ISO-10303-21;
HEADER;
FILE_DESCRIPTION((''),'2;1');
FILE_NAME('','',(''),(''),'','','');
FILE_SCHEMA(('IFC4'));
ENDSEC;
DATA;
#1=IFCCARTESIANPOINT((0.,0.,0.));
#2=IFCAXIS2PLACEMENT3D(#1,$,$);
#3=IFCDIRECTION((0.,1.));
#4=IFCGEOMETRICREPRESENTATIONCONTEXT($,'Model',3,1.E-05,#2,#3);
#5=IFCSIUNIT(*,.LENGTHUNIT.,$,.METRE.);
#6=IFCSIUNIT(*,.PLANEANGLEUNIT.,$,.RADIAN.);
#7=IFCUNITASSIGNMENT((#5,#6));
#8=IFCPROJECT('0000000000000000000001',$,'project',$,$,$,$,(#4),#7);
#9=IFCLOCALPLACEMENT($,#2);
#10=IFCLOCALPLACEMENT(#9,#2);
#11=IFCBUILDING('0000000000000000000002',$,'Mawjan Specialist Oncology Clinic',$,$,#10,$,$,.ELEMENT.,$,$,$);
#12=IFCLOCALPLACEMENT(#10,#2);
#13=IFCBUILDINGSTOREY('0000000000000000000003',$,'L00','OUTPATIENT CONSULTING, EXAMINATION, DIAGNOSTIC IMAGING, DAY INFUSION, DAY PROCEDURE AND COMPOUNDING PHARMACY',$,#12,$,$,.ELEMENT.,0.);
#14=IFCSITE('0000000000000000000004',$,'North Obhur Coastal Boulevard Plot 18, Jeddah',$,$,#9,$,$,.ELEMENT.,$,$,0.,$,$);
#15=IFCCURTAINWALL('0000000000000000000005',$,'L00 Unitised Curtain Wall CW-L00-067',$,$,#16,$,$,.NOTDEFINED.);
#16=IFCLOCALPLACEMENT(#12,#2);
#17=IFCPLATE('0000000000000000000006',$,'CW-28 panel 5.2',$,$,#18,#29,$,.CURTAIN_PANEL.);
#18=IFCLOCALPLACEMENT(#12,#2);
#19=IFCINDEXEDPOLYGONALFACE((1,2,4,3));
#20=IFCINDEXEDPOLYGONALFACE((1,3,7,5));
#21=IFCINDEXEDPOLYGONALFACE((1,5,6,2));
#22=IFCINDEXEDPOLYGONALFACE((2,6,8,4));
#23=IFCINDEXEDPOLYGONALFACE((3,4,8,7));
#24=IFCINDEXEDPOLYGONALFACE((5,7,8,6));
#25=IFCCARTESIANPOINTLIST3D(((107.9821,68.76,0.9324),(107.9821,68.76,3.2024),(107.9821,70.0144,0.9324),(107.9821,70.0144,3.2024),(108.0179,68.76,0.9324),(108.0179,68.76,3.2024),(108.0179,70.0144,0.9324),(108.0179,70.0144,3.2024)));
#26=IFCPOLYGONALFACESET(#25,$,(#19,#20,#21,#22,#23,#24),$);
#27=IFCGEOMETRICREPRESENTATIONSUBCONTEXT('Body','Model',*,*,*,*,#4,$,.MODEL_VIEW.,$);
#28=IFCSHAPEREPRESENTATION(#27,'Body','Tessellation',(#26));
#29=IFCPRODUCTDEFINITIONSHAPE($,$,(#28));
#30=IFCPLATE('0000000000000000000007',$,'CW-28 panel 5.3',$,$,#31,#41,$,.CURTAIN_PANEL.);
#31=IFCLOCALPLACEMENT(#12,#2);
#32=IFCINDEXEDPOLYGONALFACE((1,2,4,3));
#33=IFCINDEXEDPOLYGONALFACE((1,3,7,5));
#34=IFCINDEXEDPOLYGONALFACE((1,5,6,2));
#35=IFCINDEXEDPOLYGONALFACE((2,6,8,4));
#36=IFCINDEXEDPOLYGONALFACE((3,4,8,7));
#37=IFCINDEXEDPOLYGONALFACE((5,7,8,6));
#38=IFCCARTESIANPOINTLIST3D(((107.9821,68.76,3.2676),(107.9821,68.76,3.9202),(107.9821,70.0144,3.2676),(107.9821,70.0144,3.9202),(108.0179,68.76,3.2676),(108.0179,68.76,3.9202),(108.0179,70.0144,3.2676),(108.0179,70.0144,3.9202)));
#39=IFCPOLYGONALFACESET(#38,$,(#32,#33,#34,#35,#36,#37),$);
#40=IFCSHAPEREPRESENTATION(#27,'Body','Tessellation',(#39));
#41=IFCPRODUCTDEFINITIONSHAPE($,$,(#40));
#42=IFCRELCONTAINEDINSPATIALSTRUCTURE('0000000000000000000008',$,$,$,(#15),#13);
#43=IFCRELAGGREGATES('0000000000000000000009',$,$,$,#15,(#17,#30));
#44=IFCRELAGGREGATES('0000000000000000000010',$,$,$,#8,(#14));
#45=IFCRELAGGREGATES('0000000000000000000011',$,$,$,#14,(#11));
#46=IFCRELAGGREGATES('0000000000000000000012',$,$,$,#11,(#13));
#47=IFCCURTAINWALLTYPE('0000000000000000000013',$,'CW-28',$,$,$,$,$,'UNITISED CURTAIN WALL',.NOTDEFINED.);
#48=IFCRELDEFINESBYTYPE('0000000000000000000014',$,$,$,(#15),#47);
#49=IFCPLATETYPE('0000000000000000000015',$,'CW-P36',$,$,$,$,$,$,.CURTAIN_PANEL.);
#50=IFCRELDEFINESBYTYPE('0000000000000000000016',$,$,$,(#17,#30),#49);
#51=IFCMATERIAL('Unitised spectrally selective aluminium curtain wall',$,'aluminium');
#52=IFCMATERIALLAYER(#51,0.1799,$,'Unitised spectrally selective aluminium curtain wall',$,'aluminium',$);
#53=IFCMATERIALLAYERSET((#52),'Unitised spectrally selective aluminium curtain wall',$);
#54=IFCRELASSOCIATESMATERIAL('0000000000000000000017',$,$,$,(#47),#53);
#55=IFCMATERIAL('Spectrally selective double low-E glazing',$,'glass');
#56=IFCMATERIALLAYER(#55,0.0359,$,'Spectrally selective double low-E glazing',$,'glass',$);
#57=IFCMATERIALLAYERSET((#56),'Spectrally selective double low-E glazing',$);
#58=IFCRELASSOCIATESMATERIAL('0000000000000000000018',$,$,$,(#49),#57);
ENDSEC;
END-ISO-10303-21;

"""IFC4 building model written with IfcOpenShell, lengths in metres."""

from ifc_helpers import new_model, si_unit, direction, frame, origin, origin_2d, place, context, subcontext, project, spatial, rectangle, extrude, material, layer, layer_set, type_object, element, aggregate, save


model = new_model("IFC4")

# Units and contexts
model_context = context("Model", 3, precision=1e-05, world=origin(), true_north=direction((0.0, 1.0)))
body_context = subcontext(model_context, "Body", "Model", "MODEL_VIEW")
ifc_project = project(units=[si_unit("LENGTHUNIT", "METRE"), si_unit("PLANEANGLEUNIT", "RADIAN")], contexts=[model_context])

# Site, building, storey
site_placement = place(None, origin())
site = spatial("IfcSite", under=ifc_project, at=site_placement, Name="North Obhur Coastal Boulevard Plot 18, Jeddah", CompositionType="ELEMENT", RefElevation=0.0)
building_placement = place(site_placement, origin())
building = spatial("IfcBuilding", under=site, at=building_placement, Name="Mawjan Specialist Oncology Clinic", CompositionType="ELEMENT")
storey_placement = place(building_placement, origin())
storey = spatial("IfcBuildingStorey", under=building, at=storey_placement, Name="L00", Description="OUTPATIENT CONSULTING, EXAMINATION, DIAGNOSTIC IMAGING, DAY INFUSION, DAY PROCEDURE AND COMPOUNDING PHARMACY", CompositionType="ELEMENT", Elevation=0.0)

# Curtain wall, plates
ifc_material_1 = material(Name="Unitised spectrally selective aluminium curtain wall", Category="aluminium")
ifc_layer_1 = layer(ifc_material_1, 0.1799, Name="Unitised spectrally selective aluminium curtain wall", Category="aluminium")
ifc_layer_set_1 = layer_set([ifc_layer_1], Name="Unitised spectrally selective aluminium curtain wall")
curtain_wall_type = type_object("IfcCurtainWallType", Name="CW-28", ElementType="UNITISED CURTAIN WALL", PredefinedType="NOTDEFINED", material=ifc_layer_set_1)
curtain_wall_placement = place(storey_placement, origin())
curtain_wall = element("IfcCurtainWall", 1, at=curtain_wall_placement, inside=storey, type_object=curtain_wall_type, Name="L00 Unitised Curtain Wall CW-L00-067", PredefinedType="NOTDEFINED")
ifc_material_2 = material(Name="Spectrally selective double low-E glazing", Category="glass")
ifc_layer_2 = layer(ifc_material_2, 0.0359, Name="Spectrally selective double low-E glazing", Category="glass")
ifc_layer_set_2 = layer_set([ifc_layer_2], Name="Spectrally selective double low-E glazing")
plate_type = type_object("IfcPlateType", Name="CW-P36", PredefinedType="CURTAIN_PANEL", material=ifc_layer_set_2)
plate_1_placement = place(storey_placement, frame((108.0, 69.3872, 0.9324), z_axis=(0.0, 0.0, 1.0), x_axis=(0.0, -1.0, 0.0)))
plate_1 = element("IfcPlate", 2, at=plate_1_placement, type_object=plate_type, Name="CW-28 panel 5.2", PredefinedType="CURTAIN_PANEL", context=body_context, shape_type="SweptSolid", body=[
    extrude(rectangle(XDim=1.2544, YDim=0.0359, at=origin_2d()), origin(), (0.0, 0.0, 1.0), 2.27),
])
plate_2_placement = place(storey_placement, frame((108.0, 69.3872, 3.2676), z_axis=(0.0, 0.0, 1.0), x_axis=(0.0, -1.0, 0.0)))
plate_2 = element("IfcPlate", 3, at=plate_2_placement, type_object=plate_type, Name="CW-28 panel 5.3", PredefinedType="CURTAIN_PANEL", context=body_context, shape_type="SweptSolid", body=[
    extrude(rectangle(XDim=1.2544, YDim=0.0359, at=origin_2d()), origin(), (0.0, 0.0, 1.0), 0.6526),
])
aggregate(curtain_wall, [plate_1, plate_2])

save(model, "model.ifc")
